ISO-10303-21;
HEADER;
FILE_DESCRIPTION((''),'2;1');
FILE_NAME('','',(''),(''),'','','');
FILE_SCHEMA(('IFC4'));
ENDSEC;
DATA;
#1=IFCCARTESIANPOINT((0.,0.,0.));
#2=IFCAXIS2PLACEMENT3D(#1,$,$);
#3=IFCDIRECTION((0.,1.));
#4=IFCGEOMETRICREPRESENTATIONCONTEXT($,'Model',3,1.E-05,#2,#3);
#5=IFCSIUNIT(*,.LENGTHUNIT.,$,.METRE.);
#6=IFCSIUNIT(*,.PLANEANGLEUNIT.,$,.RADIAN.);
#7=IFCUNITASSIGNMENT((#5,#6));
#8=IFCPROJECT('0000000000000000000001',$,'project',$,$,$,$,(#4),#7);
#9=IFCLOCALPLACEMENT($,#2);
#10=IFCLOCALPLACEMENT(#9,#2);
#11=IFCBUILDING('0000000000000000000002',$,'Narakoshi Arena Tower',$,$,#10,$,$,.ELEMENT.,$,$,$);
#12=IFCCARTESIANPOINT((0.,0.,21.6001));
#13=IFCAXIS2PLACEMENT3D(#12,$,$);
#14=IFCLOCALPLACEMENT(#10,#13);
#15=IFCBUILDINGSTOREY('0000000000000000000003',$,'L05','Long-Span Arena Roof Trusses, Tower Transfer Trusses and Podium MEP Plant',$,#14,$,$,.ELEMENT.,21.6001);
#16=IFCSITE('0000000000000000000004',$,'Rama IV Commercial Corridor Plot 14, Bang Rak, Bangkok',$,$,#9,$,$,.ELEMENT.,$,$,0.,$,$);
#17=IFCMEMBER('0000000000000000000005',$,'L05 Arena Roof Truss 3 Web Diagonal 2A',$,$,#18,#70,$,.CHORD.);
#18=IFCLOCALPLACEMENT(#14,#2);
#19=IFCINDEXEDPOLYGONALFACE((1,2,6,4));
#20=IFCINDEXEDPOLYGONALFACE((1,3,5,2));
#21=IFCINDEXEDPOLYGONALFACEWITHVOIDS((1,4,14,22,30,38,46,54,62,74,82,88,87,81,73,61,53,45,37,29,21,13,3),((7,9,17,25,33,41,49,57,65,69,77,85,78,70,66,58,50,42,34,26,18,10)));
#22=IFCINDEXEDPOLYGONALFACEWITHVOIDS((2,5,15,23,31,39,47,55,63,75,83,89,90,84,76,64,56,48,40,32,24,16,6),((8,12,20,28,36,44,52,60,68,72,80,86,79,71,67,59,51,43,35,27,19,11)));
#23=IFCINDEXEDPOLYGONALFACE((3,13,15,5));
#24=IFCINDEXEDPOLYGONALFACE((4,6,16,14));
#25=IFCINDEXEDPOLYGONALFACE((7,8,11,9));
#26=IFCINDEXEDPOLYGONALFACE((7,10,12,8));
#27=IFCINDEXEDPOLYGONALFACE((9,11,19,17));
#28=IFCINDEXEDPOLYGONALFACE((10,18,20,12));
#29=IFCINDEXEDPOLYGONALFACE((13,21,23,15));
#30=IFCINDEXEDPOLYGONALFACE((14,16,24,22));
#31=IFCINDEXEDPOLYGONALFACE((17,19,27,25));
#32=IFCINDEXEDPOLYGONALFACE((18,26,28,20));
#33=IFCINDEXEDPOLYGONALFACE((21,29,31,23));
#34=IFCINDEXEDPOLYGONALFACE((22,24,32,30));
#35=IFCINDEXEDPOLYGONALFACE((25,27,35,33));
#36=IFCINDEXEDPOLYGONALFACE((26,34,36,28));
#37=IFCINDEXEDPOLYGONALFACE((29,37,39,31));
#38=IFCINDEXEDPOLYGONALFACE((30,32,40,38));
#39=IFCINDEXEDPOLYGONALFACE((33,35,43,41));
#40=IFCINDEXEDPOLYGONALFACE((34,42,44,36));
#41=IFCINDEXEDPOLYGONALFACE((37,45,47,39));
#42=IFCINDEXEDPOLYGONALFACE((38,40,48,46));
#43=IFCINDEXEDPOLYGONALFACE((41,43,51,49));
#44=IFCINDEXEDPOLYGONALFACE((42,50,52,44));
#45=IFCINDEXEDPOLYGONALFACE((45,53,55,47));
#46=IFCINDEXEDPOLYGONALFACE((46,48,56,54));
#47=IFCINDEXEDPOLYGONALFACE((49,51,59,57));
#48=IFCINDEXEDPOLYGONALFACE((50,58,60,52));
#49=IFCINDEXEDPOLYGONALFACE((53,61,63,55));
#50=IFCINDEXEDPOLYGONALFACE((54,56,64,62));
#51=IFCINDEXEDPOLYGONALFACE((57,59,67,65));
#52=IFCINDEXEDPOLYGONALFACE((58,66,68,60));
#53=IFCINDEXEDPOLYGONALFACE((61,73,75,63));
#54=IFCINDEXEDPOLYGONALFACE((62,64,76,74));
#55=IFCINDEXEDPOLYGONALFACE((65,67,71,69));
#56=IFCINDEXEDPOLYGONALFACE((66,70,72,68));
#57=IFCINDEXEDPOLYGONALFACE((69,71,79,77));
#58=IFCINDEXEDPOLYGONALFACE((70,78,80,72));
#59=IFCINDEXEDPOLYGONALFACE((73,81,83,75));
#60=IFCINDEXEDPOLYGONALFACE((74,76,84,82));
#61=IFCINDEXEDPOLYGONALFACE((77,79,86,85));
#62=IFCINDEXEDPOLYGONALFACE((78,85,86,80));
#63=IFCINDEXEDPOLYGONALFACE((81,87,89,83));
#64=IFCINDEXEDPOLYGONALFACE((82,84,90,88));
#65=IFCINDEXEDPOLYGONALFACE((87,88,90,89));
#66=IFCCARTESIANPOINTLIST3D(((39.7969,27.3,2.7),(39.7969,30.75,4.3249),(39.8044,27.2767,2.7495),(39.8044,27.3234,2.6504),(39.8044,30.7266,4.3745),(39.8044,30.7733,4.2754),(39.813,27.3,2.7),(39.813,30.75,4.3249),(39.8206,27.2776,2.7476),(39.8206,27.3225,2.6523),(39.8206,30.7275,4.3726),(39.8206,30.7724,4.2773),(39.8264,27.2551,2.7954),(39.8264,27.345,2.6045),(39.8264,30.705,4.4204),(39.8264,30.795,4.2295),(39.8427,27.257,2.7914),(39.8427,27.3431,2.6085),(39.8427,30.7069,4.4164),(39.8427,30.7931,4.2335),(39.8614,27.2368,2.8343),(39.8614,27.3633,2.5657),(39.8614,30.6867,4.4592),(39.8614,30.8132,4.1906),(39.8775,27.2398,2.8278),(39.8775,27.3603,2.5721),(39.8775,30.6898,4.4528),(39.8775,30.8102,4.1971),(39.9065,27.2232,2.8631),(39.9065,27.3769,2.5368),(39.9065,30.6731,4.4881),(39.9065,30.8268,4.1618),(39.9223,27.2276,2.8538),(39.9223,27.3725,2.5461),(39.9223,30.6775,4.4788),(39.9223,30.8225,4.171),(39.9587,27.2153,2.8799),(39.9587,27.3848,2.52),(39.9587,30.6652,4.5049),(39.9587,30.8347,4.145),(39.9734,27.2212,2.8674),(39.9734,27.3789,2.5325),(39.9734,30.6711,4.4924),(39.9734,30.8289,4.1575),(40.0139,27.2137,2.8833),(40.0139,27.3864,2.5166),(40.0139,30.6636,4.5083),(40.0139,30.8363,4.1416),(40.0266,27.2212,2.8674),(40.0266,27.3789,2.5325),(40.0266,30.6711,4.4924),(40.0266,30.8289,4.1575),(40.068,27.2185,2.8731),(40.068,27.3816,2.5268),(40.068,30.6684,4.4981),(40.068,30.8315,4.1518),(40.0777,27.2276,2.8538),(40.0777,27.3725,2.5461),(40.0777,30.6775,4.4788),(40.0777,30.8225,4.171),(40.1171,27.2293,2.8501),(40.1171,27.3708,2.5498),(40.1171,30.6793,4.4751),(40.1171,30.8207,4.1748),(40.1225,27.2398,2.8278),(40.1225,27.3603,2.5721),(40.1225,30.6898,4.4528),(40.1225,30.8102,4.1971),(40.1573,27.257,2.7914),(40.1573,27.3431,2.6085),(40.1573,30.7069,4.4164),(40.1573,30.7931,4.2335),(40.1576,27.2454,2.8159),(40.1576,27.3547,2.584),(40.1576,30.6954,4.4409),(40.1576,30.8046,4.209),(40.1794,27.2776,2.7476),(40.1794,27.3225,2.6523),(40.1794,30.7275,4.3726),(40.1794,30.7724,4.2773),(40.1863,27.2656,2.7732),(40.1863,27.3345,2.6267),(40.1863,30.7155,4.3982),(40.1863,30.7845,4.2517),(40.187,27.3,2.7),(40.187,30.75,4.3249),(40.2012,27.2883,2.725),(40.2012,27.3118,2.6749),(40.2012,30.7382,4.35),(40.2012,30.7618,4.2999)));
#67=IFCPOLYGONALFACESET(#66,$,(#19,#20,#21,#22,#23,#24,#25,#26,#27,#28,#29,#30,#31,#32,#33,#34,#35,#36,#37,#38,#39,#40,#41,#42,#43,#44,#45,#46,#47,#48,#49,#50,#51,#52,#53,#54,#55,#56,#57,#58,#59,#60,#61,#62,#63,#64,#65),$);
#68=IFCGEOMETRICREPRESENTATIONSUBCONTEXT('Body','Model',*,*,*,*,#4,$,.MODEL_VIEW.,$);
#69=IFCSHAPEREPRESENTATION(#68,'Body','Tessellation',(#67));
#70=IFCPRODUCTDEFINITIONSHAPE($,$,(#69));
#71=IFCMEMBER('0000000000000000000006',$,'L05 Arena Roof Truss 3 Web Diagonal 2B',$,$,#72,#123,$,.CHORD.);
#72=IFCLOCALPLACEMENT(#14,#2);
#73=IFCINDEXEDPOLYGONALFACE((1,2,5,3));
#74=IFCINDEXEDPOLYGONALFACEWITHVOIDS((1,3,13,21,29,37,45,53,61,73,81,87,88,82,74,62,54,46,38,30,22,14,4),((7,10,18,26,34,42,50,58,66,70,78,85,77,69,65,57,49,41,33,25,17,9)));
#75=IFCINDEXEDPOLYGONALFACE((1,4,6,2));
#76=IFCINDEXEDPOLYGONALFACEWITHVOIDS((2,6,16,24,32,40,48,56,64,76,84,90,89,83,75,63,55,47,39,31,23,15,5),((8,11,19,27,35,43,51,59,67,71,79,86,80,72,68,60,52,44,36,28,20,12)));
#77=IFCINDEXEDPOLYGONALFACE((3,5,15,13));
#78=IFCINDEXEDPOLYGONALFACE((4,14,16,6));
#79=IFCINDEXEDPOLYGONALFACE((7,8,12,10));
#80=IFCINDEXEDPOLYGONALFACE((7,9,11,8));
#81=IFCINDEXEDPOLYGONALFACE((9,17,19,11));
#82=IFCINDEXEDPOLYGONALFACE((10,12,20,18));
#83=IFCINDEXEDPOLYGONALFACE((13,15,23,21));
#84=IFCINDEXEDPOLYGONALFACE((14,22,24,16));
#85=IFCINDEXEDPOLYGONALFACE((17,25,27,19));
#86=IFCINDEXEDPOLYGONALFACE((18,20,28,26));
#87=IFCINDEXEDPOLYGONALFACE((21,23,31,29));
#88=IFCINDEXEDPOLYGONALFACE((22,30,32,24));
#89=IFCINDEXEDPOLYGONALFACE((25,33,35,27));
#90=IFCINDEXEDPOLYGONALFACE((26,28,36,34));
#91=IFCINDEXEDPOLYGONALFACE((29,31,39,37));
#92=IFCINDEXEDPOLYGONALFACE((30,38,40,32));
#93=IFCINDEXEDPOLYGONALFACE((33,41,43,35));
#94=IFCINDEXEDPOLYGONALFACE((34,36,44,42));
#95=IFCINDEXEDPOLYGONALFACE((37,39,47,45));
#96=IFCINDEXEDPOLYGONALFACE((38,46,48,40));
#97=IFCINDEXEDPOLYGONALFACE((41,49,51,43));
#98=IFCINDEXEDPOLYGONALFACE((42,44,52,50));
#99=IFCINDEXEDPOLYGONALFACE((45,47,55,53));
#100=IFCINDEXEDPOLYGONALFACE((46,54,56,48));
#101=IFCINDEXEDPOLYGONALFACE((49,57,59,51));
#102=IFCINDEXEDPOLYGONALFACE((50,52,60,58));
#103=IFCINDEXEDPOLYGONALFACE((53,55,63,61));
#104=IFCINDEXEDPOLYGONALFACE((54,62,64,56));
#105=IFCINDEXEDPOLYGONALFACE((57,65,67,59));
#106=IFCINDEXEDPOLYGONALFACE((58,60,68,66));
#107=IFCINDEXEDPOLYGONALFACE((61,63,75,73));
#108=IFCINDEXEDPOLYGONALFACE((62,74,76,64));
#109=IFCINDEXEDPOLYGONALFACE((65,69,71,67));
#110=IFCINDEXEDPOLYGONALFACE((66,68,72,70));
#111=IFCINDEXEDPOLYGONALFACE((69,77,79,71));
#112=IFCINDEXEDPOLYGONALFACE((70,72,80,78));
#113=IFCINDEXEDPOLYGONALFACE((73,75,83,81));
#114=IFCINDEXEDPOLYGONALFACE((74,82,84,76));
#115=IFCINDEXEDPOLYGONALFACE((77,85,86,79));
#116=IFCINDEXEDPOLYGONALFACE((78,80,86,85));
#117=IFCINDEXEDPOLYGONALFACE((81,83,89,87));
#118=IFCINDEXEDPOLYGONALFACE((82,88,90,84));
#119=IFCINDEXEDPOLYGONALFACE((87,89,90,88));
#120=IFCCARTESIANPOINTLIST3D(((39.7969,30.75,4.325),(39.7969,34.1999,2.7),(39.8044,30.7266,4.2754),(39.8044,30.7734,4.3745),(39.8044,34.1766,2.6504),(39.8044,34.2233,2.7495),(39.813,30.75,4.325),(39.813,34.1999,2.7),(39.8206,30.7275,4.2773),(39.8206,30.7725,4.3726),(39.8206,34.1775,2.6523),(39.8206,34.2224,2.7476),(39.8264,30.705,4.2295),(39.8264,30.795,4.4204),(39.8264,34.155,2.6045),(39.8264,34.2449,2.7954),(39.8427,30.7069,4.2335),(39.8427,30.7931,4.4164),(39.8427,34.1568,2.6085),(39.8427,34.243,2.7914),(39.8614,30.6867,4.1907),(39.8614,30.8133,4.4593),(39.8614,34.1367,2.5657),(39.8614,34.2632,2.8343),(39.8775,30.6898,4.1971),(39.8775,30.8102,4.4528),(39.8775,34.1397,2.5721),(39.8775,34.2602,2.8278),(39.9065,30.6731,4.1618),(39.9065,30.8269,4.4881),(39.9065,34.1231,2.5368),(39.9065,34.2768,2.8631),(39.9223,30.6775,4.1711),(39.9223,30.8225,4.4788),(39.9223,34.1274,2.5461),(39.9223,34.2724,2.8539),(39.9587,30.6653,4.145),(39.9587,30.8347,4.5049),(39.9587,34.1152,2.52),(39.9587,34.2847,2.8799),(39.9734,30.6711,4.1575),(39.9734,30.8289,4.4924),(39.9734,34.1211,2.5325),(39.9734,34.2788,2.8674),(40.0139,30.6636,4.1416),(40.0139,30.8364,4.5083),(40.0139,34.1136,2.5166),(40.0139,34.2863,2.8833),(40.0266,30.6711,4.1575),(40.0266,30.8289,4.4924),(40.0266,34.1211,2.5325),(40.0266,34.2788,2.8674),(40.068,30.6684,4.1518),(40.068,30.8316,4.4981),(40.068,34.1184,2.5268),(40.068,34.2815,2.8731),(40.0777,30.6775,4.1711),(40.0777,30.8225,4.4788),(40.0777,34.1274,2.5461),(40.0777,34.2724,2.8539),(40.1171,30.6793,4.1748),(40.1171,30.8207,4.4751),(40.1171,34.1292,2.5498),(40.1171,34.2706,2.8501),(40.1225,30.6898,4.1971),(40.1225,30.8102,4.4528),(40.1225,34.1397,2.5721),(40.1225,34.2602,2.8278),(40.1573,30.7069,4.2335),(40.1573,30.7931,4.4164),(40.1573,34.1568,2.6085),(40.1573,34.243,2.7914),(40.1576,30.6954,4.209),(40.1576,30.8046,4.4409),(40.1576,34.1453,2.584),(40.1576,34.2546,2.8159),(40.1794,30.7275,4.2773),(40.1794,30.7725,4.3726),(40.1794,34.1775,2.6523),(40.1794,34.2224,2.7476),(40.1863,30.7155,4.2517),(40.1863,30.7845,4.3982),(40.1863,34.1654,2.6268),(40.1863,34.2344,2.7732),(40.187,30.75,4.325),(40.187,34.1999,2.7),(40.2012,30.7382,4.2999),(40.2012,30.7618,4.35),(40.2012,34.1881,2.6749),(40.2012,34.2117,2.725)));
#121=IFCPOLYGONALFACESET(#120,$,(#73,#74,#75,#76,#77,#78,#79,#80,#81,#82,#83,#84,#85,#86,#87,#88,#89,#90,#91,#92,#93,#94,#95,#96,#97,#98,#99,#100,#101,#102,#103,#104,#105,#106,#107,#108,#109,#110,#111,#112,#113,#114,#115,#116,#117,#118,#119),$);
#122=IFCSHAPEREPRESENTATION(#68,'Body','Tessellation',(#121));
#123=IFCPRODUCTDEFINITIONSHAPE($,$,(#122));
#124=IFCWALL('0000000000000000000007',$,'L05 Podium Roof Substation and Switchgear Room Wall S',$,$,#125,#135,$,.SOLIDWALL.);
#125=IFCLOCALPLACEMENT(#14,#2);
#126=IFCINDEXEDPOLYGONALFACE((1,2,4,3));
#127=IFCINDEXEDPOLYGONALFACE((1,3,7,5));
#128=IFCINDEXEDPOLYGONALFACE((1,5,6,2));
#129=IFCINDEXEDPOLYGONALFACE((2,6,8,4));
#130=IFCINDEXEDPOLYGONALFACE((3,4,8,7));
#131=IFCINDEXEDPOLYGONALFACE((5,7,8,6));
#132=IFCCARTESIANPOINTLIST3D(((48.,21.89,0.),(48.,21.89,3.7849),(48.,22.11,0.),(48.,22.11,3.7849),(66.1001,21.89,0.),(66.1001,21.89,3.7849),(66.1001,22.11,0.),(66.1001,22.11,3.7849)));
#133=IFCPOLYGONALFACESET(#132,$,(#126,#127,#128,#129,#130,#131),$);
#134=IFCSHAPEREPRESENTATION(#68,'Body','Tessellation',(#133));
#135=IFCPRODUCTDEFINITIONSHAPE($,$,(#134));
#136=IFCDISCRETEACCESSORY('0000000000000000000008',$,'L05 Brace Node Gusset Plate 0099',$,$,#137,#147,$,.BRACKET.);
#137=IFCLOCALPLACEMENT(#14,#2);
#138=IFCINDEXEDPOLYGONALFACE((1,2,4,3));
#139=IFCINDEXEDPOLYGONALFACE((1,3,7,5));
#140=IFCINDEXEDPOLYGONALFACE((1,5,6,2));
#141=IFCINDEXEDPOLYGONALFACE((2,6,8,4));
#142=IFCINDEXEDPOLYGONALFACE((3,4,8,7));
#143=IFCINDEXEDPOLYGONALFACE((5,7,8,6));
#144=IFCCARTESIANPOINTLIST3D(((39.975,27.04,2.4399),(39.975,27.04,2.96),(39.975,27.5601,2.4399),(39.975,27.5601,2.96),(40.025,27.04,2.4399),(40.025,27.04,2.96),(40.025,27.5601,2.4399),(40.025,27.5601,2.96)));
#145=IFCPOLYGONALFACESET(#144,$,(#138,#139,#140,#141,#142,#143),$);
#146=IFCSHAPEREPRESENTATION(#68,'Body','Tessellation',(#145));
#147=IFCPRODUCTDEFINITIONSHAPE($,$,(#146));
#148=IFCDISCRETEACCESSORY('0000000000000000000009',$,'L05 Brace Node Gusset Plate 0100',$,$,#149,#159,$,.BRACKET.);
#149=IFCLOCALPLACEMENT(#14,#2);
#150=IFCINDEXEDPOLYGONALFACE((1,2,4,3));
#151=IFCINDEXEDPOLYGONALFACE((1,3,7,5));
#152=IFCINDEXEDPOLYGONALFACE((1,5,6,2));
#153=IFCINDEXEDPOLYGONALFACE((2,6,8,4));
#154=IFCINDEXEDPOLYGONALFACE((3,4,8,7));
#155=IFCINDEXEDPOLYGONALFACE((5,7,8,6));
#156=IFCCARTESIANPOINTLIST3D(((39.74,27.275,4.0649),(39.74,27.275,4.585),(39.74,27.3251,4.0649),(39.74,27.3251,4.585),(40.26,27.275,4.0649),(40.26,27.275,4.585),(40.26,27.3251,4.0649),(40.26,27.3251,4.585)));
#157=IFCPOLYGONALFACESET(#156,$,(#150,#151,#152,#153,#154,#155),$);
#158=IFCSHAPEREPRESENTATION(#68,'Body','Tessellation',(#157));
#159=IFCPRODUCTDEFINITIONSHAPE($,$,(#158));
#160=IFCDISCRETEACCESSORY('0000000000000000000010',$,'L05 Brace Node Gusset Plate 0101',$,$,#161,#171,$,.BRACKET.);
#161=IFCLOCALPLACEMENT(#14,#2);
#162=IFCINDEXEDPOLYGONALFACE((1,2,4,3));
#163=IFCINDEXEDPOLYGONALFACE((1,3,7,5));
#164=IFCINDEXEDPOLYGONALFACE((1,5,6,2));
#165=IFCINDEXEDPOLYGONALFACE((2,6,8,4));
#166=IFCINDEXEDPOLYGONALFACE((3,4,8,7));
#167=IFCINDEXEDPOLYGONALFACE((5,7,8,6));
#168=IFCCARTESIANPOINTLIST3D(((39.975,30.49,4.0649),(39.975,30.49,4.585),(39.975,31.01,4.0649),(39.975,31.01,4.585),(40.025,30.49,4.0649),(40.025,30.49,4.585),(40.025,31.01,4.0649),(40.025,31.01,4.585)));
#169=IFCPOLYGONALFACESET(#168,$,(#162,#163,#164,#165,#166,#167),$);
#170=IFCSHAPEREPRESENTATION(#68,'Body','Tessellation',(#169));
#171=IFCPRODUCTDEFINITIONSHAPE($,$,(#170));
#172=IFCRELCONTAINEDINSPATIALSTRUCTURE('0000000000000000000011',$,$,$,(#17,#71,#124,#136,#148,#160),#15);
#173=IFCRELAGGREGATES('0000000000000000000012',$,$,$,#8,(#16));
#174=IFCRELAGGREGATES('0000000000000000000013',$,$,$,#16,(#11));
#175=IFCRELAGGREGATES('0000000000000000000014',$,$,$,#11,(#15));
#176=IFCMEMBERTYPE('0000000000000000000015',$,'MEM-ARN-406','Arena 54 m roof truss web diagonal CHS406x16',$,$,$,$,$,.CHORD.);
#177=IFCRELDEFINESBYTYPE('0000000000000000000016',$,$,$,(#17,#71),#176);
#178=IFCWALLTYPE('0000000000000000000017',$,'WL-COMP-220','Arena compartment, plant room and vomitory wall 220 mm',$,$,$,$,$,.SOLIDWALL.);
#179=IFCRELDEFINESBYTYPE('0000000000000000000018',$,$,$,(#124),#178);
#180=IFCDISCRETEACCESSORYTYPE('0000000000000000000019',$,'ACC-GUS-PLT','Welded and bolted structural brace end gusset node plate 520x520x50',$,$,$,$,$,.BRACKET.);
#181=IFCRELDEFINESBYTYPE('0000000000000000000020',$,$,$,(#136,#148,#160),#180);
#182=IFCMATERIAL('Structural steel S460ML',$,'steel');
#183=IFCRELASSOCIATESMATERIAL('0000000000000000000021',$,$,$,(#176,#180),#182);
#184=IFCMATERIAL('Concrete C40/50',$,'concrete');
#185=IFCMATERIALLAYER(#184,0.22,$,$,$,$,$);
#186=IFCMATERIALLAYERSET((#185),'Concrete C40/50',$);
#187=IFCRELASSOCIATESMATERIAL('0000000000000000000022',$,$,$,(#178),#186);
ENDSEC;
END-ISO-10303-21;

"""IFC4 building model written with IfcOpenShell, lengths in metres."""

from ifc_helpers import new_model, si_unit, direction, frame, frame_2d, origin, origin_2d, place, context, subcontext, project, spatial, rectangle, hollow_circle, extrude, material, layer, layer_set, material_profile, profile_set, type_object, element, save


model = new_model("IFC4")

# Units and contexts
model_context = context("Model", 3, precision=1e-05, world=origin(), true_north=direction((0.0, 1.0)))
body_context = subcontext(model_context, "Body", "Model", "MODEL_VIEW")
ifc_project = project(units=[si_unit("LENGTHUNIT", "METRE"), si_unit("PLANEANGLEUNIT", "RADIAN")], contexts=[model_context])

# Site, building, storey
site_placement = place(None, origin())
site = spatial("IfcSite", under=ifc_project, at=site_placement, Name="Rama IV Commercial Corridor Plot 14, Bang Rak, Bangkok", CompositionType="ELEMENT", RefElevation=0.0)
building_placement = place(site_placement, origin())
building = spatial("IfcBuilding", under=site, at=building_placement, Name="Narakoshi Arena Tower", CompositionType="ELEMENT")
storey_placement = place(building_placement, frame((0.0, 0.0, 21.6001)))
storey = spatial("IfcBuildingStorey", under=building, at=storey_placement, Name="L05", Description="Long-Span Arena Roof Trusses, Tower Transfer Trusses and Podium MEP Plant", CompositionType="ELEMENT", Elevation=21.6001)

# Shared definitions
ifc_material_1 = material(Name="Structural steel S460ML", Category="steel")

# Members
ifc_material_profile_1 = material_profile(ifc_material_1, hollow_circle(Radius=0.2031, WallThickness=0.0161, at=origin_2d()), Name="CHS406x16")
ifc_profile_set_1 = profile_set([ifc_material_profile_1], Name="Structural steel S460ML")
member_type = type_object("IfcMemberType", Name="MEM-ARN-406", Description="Arena 54 m roof truss web diagonal CHS406x16", PredefinedType="CHORD", material=ifc_profile_set_1)
for number, where, z_axis, x_axis, name in (
    (1, (40.0, 27.3, 2.7), (0.0, 0.904668, 0.426118), (-1.0, 0.0, 0.0), "L05 Arena Roof Truss 3 Web Diagonal 2A"),
    (2, (40.0, 30.75, 4.325), (0.0, 0.904668, -0.426118), (-1.0, 0.0, 0.0), "L05 Arena Roof Truss 3 Web Diagonal 2B"),
):
    element("IfcMember", number, at=place(storey_placement, frame(where, z_axis=z_axis, x_axis=x_axis)), inside=storey, type_object=member_type, Name=name, PredefinedType="CHORD", context=body_context, shape_type="SweptSolid", body=[
        extrude(hollow_circle(Radius=0.2031, WallThickness=0.0161, at=origin_2d()), origin(), (0.0, 0.0, 1.0), 3.8135),
    ])

# Wall
ifc_material_2 = material(Name="Concrete C40/50", Category="concrete")
ifc_layer = layer(ifc_material_2, 0.22)
ifc_layer_set = layer_set([ifc_layer], Name="Concrete C40/50")
wall_type = type_object("IfcWallType", Name="WL-COMP-220", Description="Arena compartment, plant room and vomitory wall 220 mm", PredefinedType="SOLIDWALL", material=ifc_layer_set)
wall_placement = place(storey_placement, frame((48.0, 22.0, 0.0), z_axis=(0.0, 0.0, 1.0), x_axis=(1.0, 0.0, 0.0)))
element("IfcWall", 3, at=wall_placement, inside=storey, type_object=wall_type, Name="L05 Podium Roof Substation and Switchgear Room Wall S", PredefinedType="SOLIDWALL", context=body_context, shape_type="SweptSolid", body=[
    extrude(rectangle(XDim=18.1001, YDim=0.22, at=frame_2d((9.05, 0.0))), origin(), (0.0, 0.0, 1.0), 3.7849),
])

# Discrete accessories
discrete_accessory_type = type_object("IfcDiscreteAccessoryType", Name="ACC-GUS-PLT", Description="Welded and bolted structural brace end gusset node plate 520x520x50", PredefinedType="BRACKET", material=ifc_material_1)
for number, where, z_axis, x_axis, name in (
    (4, (40.0, 27.3, 2.4399), (0.0, 0.0, 1.0), (0.0, 1.0, 0.0), "L05 Brace Node Gusset Plate 0099"),
    (5, (40.0, 27.3, 4.0649), (0.0, 0.0, 1.0), (1.0, 0.0, 0.0), "L05 Brace Node Gusset Plate 0100"),
    (6, (40.0, 30.75, 4.0649), (0.0, 0.0, 1.0), (0.0, 1.0, 0.0), "L05 Brace Node Gusset Plate 0101"),
):
    element("IfcDiscreteAccessory", number, at=place(storey_placement, frame(where, z_axis=z_axis, x_axis=x_axis)), inside=storey, type_object=discrete_accessory_type, Name=name, PredefinedType="BRACKET", context=body_context, shape_type="SweptSolid", body=[
        extrude(rectangle(XDim=0.52, YDim=0.05, at=origin_2d()), origin(), (0.0, 0.0, 1.0), 0.52),
    ])

save(model, "model.ifc")
